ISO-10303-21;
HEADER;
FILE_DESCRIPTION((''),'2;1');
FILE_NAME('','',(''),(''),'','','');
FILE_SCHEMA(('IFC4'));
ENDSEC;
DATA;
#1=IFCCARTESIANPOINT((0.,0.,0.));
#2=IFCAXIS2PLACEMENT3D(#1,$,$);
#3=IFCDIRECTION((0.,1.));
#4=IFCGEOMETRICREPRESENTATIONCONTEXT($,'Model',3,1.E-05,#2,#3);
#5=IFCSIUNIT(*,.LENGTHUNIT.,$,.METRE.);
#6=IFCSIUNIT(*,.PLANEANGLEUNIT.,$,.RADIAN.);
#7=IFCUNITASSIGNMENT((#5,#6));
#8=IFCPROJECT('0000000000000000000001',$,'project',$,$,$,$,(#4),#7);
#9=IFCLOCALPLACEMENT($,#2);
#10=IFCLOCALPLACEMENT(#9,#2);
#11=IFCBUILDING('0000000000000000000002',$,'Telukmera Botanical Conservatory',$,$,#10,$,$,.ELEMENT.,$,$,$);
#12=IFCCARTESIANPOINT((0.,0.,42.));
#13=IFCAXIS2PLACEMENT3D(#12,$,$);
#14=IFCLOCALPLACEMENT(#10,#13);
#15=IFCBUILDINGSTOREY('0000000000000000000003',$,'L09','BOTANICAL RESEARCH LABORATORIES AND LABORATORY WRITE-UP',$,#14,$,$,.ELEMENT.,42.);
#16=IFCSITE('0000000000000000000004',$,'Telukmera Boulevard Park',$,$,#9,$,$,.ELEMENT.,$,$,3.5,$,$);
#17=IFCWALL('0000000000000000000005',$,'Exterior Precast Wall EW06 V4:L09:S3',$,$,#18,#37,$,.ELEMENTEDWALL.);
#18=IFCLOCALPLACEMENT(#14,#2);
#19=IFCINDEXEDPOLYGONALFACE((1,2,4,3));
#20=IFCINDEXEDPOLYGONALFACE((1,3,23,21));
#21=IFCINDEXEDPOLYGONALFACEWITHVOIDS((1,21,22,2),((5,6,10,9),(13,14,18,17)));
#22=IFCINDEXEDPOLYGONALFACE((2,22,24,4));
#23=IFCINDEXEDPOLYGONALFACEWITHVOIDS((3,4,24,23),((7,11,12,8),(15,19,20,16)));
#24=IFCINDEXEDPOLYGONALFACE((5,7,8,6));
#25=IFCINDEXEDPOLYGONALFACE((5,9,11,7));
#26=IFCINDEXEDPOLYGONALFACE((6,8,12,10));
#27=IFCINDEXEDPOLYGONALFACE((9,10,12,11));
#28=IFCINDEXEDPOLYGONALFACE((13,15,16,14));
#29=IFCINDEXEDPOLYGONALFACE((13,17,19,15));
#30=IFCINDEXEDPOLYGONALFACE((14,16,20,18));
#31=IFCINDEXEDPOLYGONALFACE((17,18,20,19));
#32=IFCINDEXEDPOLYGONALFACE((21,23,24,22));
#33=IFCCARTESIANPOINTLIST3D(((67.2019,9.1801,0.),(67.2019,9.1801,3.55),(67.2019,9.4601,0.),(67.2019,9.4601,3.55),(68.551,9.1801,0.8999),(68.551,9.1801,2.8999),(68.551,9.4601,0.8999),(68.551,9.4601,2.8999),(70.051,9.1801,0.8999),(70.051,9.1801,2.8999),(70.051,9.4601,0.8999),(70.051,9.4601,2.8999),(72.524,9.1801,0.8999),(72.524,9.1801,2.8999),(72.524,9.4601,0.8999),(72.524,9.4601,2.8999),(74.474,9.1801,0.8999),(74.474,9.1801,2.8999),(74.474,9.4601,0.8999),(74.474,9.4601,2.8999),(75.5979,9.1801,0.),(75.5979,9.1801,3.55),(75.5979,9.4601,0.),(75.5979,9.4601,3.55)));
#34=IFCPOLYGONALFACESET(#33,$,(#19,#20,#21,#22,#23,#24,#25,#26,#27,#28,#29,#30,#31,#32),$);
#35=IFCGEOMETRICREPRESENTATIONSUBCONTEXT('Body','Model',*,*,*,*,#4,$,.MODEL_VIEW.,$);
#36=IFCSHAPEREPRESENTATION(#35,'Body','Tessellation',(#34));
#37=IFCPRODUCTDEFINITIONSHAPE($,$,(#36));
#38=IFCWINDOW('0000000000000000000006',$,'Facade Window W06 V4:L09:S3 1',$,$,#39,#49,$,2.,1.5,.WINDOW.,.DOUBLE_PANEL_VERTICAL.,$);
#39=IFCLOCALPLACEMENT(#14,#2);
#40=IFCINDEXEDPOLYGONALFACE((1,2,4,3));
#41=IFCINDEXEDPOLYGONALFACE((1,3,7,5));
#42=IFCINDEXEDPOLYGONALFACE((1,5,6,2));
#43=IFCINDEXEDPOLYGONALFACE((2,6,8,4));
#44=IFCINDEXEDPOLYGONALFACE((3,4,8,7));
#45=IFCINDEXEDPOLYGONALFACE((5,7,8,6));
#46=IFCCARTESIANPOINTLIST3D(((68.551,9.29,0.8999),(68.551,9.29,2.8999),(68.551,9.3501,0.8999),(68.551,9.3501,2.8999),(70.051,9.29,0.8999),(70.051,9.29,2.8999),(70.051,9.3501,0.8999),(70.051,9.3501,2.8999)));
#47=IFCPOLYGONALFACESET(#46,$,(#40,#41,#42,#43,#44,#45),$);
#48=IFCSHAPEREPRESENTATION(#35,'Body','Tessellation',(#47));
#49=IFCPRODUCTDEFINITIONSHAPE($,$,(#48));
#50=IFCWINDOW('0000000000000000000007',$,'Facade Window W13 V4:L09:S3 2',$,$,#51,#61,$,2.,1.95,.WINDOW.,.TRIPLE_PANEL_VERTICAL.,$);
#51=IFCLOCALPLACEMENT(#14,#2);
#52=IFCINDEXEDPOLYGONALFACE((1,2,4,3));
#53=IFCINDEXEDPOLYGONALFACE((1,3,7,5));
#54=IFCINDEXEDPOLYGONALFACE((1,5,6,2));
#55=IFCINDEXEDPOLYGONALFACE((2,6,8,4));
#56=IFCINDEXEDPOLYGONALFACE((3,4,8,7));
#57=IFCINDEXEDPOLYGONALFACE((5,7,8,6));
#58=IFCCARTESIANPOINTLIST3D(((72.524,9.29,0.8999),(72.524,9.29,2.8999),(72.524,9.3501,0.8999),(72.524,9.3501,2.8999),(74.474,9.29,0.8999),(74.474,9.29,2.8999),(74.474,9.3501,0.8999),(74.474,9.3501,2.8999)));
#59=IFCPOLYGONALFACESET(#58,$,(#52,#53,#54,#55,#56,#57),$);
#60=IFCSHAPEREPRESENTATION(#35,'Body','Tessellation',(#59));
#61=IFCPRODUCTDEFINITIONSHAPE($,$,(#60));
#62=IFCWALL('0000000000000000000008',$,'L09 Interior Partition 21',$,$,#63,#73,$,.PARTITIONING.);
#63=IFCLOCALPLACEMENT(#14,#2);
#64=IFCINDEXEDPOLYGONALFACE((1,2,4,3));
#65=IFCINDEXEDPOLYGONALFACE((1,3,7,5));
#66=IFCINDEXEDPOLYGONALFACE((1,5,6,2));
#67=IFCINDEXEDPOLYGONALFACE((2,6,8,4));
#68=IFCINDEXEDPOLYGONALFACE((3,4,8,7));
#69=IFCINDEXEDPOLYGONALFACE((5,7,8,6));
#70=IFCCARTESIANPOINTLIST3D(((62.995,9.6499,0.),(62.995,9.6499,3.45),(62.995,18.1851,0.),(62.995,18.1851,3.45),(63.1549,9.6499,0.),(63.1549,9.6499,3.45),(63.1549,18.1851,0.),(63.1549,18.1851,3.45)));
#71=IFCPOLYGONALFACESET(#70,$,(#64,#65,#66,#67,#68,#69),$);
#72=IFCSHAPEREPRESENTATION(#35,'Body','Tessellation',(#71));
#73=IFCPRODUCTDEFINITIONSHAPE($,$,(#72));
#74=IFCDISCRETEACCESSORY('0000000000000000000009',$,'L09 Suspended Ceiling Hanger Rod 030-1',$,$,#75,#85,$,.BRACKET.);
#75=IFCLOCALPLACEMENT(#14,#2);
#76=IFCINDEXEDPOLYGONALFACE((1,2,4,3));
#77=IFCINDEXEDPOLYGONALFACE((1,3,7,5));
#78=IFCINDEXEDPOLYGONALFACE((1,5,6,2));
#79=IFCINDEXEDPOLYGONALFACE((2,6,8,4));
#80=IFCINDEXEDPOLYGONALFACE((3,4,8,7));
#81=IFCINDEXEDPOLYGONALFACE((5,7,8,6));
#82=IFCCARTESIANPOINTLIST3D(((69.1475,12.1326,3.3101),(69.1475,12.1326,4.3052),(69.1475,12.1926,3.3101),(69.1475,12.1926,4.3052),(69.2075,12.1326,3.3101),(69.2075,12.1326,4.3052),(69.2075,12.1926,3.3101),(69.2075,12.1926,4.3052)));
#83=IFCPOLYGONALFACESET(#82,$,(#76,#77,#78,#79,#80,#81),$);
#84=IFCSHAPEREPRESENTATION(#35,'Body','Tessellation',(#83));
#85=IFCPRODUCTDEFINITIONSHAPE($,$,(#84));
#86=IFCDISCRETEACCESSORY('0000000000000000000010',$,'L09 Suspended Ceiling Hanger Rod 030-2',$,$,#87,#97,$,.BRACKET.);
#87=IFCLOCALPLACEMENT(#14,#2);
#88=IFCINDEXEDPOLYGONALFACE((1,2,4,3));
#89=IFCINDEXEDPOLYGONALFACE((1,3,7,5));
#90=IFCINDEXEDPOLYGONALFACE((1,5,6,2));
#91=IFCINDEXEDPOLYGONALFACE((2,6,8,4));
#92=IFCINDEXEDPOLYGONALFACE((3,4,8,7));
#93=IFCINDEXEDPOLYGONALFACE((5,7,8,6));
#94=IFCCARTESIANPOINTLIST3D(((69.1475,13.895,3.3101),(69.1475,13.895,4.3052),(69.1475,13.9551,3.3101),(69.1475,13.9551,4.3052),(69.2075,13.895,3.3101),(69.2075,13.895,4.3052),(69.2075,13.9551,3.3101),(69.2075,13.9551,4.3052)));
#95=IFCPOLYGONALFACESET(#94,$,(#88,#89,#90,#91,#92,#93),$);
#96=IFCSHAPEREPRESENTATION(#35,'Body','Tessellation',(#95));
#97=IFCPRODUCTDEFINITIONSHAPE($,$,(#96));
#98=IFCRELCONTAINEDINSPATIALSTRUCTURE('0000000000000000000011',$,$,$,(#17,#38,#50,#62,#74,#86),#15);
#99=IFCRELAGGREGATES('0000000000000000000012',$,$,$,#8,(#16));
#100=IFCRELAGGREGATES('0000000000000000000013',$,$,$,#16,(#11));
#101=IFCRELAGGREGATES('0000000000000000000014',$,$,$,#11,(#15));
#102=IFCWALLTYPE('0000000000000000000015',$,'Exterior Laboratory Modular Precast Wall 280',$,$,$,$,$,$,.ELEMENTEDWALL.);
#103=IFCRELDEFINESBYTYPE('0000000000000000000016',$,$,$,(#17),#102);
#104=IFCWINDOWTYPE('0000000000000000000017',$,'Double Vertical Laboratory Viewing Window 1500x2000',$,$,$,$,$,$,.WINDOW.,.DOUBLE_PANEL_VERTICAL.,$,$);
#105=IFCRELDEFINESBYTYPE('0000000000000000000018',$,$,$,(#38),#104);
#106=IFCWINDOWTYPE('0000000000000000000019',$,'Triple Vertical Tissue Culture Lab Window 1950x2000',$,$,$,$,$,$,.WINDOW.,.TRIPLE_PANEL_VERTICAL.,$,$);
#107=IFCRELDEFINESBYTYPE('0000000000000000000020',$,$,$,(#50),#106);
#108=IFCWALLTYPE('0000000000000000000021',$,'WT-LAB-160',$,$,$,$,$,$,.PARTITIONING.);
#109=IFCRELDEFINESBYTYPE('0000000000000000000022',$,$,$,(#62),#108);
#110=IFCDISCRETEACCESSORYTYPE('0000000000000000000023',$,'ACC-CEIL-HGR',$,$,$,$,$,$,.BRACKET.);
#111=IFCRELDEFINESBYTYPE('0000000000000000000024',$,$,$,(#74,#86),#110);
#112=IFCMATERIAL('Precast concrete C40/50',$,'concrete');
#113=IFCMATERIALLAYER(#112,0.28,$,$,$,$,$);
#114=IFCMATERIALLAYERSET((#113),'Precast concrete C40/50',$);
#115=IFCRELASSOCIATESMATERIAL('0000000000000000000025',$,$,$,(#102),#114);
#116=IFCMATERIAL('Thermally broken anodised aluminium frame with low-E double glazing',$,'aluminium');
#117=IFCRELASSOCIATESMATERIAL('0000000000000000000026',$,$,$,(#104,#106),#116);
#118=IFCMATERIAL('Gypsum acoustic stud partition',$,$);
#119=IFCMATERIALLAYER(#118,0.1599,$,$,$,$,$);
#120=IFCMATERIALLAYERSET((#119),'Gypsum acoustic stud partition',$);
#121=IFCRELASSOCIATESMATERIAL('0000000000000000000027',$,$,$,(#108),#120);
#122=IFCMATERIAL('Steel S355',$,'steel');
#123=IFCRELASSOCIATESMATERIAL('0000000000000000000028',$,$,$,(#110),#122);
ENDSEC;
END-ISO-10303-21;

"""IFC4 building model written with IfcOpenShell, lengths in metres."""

from ifc_helpers import new_model, si_unit, direction, frame, frame_2d, origin, origin_2d, place, context, subcontext, project, spatial, rectangle, extrude, material, layer, layer_set, type_object, element, fill, save


model = new_model("IFC4")

# Units and contexts
model_context = context("Model", 3, precision=1e-05, world=origin(), true_north=direction((0.0, 1.0)))
body_context = subcontext(model_context, "Body", "Model", "MODEL_VIEW")
ifc_project = project(units=[si_unit("LENGTHUNIT", "METRE"), si_unit("PLANEANGLEUNIT", "RADIAN")], contexts=[model_context])

# Site, building, storey
site_placement = place(None, origin())
site = spatial("IfcSite", under=ifc_project, at=site_placement, Name="Telukmera Boulevard Park", CompositionType="ELEMENT", RefElevation=3.5)
building_placement = place(site_placement, origin())
building = spatial("IfcBuilding", under=site, at=building_placement, Name="Telukmera Botanical Conservatory", CompositionType="ELEMENT")
storey_placement = place(building_placement, frame((0.0, 0.0, 42.0)))
storey = spatial("IfcBuildingStorey", under=building, at=storey_placement, Name="L09", Description="BOTANICAL RESEARCH LABORATORIES AND LABORATORY WRITE-UP", CompositionType="ELEMENT", Elevation=42.0)

# Shared definitions
ifc_material_1 = material(Name="Precast concrete C40/50", Category="concrete")

# Wall, openings, windows
ifc_layer_1 = layer(ifc_material_1, 0.28)
ifc_layer_set_1 = layer_set([ifc_layer_1], Name="Precast concrete C40/50")
wall_type_1 = type_object("IfcWallType", Name="Exterior Laboratory Modular Precast Wall 280", PredefinedType="ELEMENTEDWALL", material=ifc_layer_set_1)
wall_1_placement = place(storey_placement, frame((67.2019, 9.3201, 0.0), z_axis=(0.0, 0.0, 1.0), x_axis=(1.0, 0.0, 0.0)))
wall_1 = element("IfcWall", 1, at=wall_1_placement, inside=storey, type_object=wall_type_1, Name="Exterior Precast Wall EW06 V4:L09:S3", PredefinedType="ELEMENTEDWALL", context=body_context, shape_type="SweptSolid", body=[
    extrude(rectangle(XDim=8.396, YDim=0.28, at=frame_2d((4.198, 0.0))), origin(), (0.0, 0.0, 1.0), 3.55),
])
opening_1_placement = place(wall_1_placement, frame((1.3491, 0.0, 0.8999)))
opening_1 = element("IfcOpeningElement", 2, at=opening_1_placement, cuts=wall_1, PredefinedType="OPENING", context=body_context, shape_type="SweptSolid", body=[
    extrude(rectangle(XDim=1.5, YDim=2.0, at=frame_2d((0.75, 1.0))), frame((0.0, 0.1499, 0.0), z_axis=(0.0, -1.0, 0.0), x_axis=(1.0, 0.0, 0.0)), (0.0, 0.0, 1.0), 0.3),
])
opening_2_placement = place(wall_1_placement, frame((5.322, 0.0, 0.8999)))
opening_2 = element("IfcOpeningElement", 3, at=opening_2_placement, cuts=wall_1, PredefinedType="OPENING", context=body_context, shape_type="SweptSolid", body=[
    extrude(rectangle(XDim=1.95, YDim=2.0, at=frame_2d((0.9751, 1.0))), frame((0.0, 0.1499, 0.0), z_axis=(0.0, -1.0, 0.0), x_axis=(1.0, 0.0, 0.0)), (0.0, 0.0, 1.0), 0.3),
])
ifc_material_2 = material(Name="Thermally broken anodised aluminium frame with low-E double glazing", Category="aluminium")
window_type_1 = type_object("IfcWindowType", Name="Double Vertical Laboratory Viewing Window 1500x2000", PartitioningType="DOUBLE_PANEL_VERTICAL", PredefinedType="WINDOW", material=ifc_material_2)
window_1_placement = place(opening_1_placement, origin())
window_1 = element("IfcWindow", 4, at=window_1_placement, inside=storey, type_object=window_type_1, Name="Facade Window W06 V4:L09:S3 1", OverallHeight=2.0, OverallWidth=1.5, PartitioningType="DOUBLE_PANEL_VERTICAL", PredefinedType="WINDOW", context=body_context, shape_type="SweptSolid", body=[
    extrude(rectangle(XDim=1.5, YDim=2.0, at=frame_2d((0.75, 1.0))), frame((0.0, 0.03, 0.0), z_axis=(0.0, -1.0, 0.0), x_axis=(1.0, 0.0, 0.0)), (0.0, 0.0, 1.0), 0.0601),
])
fill(opening_1, window_1)
window_type_2 = type_object("IfcWindowType", Name="Triple Vertical Tissue Culture Lab Window 1950x2000", PartitioningType="TRIPLE_PANEL_VERTICAL", PredefinedType="WINDOW", material=ifc_material_2)
window_2_placement = place(opening_2_placement, origin())
window_2 = element("IfcWindow", 5, at=window_2_placement, inside=storey, type_object=window_type_2, Name="Facade Window W13 V4:L09:S3 2", OverallHeight=2.0, OverallWidth=1.95, PartitioningType="TRIPLE_PANEL_VERTICAL", PredefinedType="WINDOW", context=body_context, shape_type="SweptSolid", body=[
    extrude(rectangle(XDim=1.95, YDim=2.0, at=frame_2d((0.9751, 1.0))), frame((0.0, 0.03, 0.0), z_axis=(0.0, -1.0, 0.0), x_axis=(1.0, 0.0, 0.0)), (0.0, 0.0, 1.0), 0.0601),
])
fill(opening_2, window_2)

# Wall
ifc_material_3 = material(Name="Gypsum acoustic stud partition")
ifc_layer_2 = layer(ifc_material_3, 0.1599)
ifc_layer_set_2 = layer_set([ifc_layer_2], Name="Gypsum acoustic stud partition")
wall_type_2 = type_object("IfcWallType", Name="WT-LAB-160", PredefinedType="PARTITIONING", material=ifc_layer_set_2)
wall_2_placement = place(storey_placement, frame((63.075, 9.6499, 0.0), z_axis=(0.0, 0.0, 1.0), x_axis=(0.0, 1.0, 0.0)))
element("IfcWall", 6, at=wall_2_placement, inside=storey, type_object=wall_type_2, Name="L09 Interior Partition 21", PredefinedType="PARTITIONING", context=body_context, shape_type="SweptSolid", body=[
    extrude(rectangle(XDim=8.5352, YDim=0.1599, at=frame_2d((4.2676, 0.0))), origin(), (0.0, 0.0, 1.0), 3.45),
])

# Discrete accessories
ifc_material_4 = material(Name="Steel S355", Category="steel")
discrete_accessory_type = type_object("IfcDiscreteAccessoryType", Name="ACC-CEIL-HGR", PredefinedType="BRACKET", material=ifc_material_4)
for number, where, z_axis, x_axis, name in (
    (7, (69.1775, 12.1626, 3.3101), (0.0, 0.0, 1.0), (1.0, 0.0, 0.0), "L09 Suspended Ceiling Hanger Rod 030-1"),
    (8, (69.1775, 13.925, 3.3101), (0.0, 0.0, 1.0), (1.0, 0.0, 0.0), "L09 Suspended Ceiling Hanger Rod 030-2"),
):
    element("IfcDiscreteAccessory", number, at=place(storey_placement, frame(where, z_axis=z_axis, x_axis=x_axis)), inside=storey, type_object=discrete_accessory_type, Name=name, PredefinedType="BRACKET", context=body_context, shape_type="SweptSolid", body=[
        extrude(rectangle(XDim=0.0601, YDim=0.0601, at=origin_2d()), origin(), (0.0, 0.0, 1.0), 0.9951),
    ])

save(model, "model.ifc")
